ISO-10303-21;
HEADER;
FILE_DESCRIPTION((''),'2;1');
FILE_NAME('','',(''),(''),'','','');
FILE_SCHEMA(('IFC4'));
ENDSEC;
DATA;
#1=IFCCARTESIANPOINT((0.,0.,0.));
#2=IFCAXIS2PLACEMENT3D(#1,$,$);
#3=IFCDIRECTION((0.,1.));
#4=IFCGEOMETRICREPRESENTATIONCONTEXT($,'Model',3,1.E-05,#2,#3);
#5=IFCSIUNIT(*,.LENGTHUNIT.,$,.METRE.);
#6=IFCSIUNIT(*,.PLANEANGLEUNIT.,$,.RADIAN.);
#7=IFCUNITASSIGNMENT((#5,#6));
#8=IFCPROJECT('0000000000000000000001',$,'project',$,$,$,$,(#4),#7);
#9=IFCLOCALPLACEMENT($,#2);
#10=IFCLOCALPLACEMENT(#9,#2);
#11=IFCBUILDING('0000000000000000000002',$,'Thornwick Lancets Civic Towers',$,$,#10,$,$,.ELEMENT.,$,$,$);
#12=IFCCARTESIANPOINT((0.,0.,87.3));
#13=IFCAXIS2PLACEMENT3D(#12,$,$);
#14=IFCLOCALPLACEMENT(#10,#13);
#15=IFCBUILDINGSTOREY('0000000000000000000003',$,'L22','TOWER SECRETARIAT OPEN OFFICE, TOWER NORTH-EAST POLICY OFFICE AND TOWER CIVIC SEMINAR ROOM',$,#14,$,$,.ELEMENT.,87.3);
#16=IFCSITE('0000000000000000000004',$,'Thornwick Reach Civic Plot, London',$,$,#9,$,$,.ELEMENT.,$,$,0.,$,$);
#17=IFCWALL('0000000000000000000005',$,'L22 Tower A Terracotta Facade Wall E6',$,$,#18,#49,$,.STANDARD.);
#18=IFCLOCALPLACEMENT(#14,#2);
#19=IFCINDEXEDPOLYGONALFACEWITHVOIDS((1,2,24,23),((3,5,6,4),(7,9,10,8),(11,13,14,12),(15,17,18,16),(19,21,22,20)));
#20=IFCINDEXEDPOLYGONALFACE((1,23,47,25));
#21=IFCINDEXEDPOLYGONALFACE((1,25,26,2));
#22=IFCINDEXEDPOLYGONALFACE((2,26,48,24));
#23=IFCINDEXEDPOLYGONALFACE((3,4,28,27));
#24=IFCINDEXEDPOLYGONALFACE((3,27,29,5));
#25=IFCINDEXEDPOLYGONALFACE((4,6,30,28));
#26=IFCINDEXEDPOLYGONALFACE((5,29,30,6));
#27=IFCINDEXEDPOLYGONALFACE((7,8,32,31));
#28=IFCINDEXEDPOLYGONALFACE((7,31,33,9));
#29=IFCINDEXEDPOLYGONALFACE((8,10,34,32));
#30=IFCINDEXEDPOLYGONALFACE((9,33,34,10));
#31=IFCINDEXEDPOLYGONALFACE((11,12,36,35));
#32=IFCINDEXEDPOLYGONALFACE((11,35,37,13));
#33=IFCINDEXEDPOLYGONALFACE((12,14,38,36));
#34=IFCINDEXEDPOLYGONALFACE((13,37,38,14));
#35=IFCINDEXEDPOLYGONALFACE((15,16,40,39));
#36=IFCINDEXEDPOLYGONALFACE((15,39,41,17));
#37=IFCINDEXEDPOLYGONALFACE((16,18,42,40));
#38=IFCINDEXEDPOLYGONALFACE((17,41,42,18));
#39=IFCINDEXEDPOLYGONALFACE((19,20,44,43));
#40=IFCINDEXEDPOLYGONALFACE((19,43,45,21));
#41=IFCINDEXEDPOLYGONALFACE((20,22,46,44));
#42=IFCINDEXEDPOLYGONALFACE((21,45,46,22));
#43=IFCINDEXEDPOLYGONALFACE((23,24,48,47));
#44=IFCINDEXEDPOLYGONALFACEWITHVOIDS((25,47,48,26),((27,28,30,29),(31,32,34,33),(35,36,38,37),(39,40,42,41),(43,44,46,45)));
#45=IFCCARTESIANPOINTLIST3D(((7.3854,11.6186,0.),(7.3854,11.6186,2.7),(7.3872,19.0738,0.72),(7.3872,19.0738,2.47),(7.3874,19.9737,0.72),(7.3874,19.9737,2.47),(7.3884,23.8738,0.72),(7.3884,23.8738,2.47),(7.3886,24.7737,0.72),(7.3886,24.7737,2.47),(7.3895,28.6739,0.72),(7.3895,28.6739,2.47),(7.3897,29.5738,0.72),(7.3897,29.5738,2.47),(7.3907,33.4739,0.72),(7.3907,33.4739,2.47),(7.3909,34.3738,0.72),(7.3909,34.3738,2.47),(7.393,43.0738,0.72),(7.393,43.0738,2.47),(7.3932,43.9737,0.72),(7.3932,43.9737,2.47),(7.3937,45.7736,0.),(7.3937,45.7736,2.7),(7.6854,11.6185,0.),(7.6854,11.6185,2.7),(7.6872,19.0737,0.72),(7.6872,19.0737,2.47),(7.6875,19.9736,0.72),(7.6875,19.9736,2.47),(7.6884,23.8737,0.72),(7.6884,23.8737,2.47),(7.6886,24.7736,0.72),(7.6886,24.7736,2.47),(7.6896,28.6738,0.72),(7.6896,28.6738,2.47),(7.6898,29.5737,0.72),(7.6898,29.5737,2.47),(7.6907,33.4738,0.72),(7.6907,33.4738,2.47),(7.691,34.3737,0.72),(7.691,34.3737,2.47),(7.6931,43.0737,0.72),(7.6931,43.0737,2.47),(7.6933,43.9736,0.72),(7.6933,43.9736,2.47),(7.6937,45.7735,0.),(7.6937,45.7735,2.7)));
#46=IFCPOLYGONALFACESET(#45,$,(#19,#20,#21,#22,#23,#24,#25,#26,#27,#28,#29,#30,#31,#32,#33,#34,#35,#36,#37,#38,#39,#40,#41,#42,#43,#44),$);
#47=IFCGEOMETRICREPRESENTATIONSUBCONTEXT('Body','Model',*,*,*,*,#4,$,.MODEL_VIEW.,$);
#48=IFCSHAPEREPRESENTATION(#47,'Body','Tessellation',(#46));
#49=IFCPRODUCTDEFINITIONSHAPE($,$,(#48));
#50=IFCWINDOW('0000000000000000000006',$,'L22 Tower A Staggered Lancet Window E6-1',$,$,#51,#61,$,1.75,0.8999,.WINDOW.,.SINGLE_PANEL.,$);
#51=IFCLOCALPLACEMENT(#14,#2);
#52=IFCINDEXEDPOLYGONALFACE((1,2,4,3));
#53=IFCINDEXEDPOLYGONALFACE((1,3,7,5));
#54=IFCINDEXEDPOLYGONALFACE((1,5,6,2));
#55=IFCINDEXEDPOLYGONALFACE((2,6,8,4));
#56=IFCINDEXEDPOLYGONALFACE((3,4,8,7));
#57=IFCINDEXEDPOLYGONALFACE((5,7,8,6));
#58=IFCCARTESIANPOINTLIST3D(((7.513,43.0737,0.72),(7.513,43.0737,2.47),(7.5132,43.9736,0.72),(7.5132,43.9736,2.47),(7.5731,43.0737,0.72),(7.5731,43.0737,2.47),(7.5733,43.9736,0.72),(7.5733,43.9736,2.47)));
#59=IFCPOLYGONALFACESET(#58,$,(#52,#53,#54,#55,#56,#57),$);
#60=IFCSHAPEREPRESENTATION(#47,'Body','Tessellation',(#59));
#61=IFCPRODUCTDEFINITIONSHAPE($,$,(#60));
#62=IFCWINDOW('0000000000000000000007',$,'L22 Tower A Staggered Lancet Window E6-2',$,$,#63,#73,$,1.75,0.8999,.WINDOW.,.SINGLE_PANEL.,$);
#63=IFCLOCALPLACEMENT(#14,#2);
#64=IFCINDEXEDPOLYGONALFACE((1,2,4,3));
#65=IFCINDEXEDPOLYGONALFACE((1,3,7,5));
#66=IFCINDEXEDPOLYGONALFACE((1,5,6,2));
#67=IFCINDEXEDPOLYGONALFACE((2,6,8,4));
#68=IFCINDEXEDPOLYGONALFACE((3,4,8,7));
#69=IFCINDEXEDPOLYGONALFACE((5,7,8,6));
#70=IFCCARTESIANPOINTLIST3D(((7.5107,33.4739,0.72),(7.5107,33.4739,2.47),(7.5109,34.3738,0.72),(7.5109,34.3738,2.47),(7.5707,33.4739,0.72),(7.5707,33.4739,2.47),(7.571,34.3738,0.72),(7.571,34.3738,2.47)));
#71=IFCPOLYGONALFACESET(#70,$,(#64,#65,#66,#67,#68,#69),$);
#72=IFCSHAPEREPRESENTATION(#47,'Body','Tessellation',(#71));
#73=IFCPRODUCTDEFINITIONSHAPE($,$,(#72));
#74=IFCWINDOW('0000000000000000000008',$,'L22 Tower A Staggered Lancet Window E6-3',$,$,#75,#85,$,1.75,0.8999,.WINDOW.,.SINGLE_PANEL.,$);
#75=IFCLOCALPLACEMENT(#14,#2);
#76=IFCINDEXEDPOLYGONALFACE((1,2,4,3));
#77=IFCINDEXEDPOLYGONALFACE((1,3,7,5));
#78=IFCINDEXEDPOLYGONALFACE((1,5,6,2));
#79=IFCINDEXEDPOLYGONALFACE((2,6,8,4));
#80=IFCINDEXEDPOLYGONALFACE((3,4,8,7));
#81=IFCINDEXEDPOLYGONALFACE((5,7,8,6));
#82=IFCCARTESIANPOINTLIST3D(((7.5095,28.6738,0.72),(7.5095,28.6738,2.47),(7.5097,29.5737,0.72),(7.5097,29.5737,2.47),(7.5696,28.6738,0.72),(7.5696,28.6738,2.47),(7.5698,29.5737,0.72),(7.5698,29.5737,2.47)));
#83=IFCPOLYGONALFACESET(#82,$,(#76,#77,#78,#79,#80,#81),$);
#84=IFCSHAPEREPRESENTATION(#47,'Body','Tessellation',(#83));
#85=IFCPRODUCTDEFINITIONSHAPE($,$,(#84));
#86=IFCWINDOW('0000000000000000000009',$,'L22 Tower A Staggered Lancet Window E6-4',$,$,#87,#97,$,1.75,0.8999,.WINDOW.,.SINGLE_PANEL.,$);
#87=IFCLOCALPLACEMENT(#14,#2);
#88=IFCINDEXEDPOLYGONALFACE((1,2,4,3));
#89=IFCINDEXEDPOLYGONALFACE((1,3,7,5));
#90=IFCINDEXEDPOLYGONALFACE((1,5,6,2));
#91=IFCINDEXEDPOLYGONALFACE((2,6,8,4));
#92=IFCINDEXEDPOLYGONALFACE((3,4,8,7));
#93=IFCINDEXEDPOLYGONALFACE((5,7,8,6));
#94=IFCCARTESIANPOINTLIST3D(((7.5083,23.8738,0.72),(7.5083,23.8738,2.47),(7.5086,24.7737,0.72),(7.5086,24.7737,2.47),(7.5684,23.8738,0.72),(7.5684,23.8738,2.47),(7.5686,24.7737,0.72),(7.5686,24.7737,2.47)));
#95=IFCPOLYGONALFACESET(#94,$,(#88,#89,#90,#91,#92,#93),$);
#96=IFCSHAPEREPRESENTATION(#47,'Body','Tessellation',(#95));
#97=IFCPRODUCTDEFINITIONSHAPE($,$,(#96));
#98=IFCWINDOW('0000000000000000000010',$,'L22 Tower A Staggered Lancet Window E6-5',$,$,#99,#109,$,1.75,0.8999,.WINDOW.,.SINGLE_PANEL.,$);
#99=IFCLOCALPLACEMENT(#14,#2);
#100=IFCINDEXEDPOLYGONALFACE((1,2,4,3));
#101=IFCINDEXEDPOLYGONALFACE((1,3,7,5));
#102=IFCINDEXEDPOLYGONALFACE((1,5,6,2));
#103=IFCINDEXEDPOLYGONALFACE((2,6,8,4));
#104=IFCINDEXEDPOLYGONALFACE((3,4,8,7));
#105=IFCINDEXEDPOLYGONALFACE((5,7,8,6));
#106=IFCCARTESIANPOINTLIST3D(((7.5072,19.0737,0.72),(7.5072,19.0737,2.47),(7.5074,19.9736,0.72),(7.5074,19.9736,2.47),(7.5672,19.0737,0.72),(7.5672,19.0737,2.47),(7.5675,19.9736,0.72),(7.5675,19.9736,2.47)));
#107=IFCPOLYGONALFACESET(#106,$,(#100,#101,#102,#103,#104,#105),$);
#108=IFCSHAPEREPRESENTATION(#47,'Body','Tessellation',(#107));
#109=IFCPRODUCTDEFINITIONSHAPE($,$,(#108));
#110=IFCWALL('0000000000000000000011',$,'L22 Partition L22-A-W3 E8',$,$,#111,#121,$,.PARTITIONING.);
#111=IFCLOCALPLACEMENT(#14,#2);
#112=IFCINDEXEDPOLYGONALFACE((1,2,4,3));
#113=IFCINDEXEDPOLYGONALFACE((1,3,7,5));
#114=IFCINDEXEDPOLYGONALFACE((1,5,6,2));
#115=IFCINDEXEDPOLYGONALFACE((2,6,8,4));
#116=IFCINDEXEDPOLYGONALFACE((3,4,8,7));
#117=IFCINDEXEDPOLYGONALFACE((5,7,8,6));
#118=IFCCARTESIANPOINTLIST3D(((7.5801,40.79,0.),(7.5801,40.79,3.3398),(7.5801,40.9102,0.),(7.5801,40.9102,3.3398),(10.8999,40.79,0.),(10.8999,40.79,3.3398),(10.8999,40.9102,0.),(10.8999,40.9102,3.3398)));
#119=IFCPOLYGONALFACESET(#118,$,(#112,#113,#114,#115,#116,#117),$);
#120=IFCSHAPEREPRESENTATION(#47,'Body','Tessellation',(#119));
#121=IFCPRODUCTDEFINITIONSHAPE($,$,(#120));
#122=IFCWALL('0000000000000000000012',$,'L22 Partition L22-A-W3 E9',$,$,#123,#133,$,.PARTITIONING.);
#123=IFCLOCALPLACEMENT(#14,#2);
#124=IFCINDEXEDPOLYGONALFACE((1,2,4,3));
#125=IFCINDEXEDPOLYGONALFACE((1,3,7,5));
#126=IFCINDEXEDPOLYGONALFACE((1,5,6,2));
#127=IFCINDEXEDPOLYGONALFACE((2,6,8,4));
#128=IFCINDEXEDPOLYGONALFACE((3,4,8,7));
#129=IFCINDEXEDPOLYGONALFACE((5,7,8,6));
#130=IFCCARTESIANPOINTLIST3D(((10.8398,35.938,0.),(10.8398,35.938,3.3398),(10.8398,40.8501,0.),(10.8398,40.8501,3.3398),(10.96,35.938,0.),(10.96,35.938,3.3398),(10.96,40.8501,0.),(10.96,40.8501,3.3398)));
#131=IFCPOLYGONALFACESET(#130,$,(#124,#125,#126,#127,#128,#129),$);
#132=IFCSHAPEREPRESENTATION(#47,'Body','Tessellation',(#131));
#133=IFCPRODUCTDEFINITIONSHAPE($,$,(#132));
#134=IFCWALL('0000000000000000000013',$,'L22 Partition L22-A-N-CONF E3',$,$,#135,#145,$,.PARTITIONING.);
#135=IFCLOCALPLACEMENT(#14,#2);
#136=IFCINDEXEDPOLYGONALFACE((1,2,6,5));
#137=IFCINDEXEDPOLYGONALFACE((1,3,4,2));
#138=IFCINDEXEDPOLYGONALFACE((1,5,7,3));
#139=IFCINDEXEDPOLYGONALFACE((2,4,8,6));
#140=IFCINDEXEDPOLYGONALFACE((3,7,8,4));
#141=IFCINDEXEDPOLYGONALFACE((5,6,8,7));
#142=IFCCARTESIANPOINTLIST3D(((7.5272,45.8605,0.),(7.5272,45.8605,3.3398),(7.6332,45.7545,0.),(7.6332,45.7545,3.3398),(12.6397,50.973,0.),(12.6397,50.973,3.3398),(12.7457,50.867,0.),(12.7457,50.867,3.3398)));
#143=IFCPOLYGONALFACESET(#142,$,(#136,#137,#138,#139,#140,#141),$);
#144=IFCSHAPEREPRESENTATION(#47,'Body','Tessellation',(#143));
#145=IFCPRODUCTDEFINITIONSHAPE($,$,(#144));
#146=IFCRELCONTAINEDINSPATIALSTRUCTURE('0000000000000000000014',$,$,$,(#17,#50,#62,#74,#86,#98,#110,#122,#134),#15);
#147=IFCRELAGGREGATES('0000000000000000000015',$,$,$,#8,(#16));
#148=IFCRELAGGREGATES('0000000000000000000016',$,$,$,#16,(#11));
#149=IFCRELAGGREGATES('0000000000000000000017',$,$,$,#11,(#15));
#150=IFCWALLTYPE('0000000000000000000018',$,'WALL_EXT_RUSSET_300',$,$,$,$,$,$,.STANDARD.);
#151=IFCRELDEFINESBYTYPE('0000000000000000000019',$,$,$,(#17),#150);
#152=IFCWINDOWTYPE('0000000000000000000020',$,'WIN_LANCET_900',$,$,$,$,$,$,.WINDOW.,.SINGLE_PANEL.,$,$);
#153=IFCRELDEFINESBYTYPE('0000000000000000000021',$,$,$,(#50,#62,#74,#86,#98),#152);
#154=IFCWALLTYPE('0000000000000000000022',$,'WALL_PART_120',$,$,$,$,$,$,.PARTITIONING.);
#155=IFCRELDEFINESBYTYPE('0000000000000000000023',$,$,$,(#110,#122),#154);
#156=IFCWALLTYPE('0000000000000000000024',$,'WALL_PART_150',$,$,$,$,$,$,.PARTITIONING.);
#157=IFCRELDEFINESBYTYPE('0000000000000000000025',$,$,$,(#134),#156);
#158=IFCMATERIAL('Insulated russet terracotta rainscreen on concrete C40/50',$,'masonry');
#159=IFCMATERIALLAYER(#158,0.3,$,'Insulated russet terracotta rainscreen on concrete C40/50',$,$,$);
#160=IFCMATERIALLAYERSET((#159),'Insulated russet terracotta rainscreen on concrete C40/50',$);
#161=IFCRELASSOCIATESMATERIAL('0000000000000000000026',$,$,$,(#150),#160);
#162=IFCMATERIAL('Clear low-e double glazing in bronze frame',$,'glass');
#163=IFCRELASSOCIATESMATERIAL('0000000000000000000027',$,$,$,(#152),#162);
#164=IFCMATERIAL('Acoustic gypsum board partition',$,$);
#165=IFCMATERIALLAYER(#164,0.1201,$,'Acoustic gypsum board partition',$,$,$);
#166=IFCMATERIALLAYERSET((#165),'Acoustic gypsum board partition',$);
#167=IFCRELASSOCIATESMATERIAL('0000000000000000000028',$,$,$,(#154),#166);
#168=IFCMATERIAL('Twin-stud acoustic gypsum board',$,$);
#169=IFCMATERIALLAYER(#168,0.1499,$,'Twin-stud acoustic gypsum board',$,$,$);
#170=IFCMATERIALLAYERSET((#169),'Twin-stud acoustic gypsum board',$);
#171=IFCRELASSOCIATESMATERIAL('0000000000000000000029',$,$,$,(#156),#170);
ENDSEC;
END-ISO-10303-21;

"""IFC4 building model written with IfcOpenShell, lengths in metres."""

from ifc_helpers import new_model, si_unit, direction, frame, frame_2d, origin, place, context, subcontext, project, spatial, rectangle, extrude, material, layer, layer_set, type_object, element, fill, save


model = new_model("IFC4")

# Units and contexts
model_context = context("Model", 3, precision=1e-05, world=origin(), true_north=direction((0.0, 1.0)))
body_context = subcontext(model_context, "Body", "Model", "MODEL_VIEW")
ifc_project = project(units=[si_unit("LENGTHUNIT", "METRE"), si_unit("PLANEANGLEUNIT", "RADIAN")], contexts=[model_context])

# Site, building, storey
site_placement = place(None, origin())
site = spatial("IfcSite", under=ifc_project, at=site_placement, Name="Thornwick Reach Civic Plot, London", CompositionType="ELEMENT", RefElevation=0.0)
building_placement = place(site_placement, origin())
building = spatial("IfcBuilding", under=site, at=building_placement, Name="Thornwick Lancets Civic Towers", CompositionType="ELEMENT")
storey_placement = place(building_placement, frame((0.0, 0.0, 87.3)))
storey = spatial("IfcBuildingStorey", under=building, at=storey_placement, Name="L22", Description="TOWER SECRETARIAT OPEN OFFICE, TOWER NORTH-EAST POLICY OFFICE AND TOWER CIVIC SEMINAR ROOM", CompositionType="ELEMENT", Elevation=87.3)

# Wall, openings, windows
ifc_material_1 = material(Name="Insulated russet terracotta rainscreen on concrete C40/50", Category="masonry")
ifc_layer_1 = layer(ifc_material_1, 0.3, Name="Insulated russet terracotta rainscreen on concrete C40/50")
ifc_layer_set_1 = layer_set([ifc_layer_1], Name="Insulated russet terracotta rainscreen on concrete C40/50")
wall_type_1 = type_object("IfcWallType", Name="WALL_EXT_RUSSET_300", PredefinedType="STANDARD", material=ifc_layer_set_1)
wall_1_placement = place(storey_placement, frame((7.5437, 45.7737, 0.0), z_axis=(0.0, 0.0, 1.0), x_axis=(-0.000243, -1.0, 0.0)))
wall_1 = element("IfcWall", 1, at=wall_1_placement, inside=storey, type_object=wall_type_1, Name="L22 Tower A Terracotta Facade Wall E6", PredefinedType="STANDARD", context=body_context, shape_type="SweptSolid", body=[
    extrude(rectangle(XDim=34.155, YDim=0.3, at=frame_2d((17.0776, 0.0))), origin(), (0.0, 0.0, 1.0), 2.7),
])
opening_1_placement = place(wall_1_placement, frame((1.8, 0.0, 0.72)))
opening_1 = element("IfcOpeningElement", 2, at=opening_1_placement, cuts=wall_1, PredefinedType="OPENING", context=body_context, shape_type="SweptSolid", body=[
    extrude(rectangle(XDim=0.8999, YDim=1.75, at=frame_2d((0.45, 0.875))), frame((0.0, 0.1602, 0.0), z_axis=(0.0, -1.0, 0.0), x_axis=(1.0, 0.0, 0.0)), (0.0, 0.0, 1.0), 0.3201),
])
opening_2_placement = place(wall_1_placement, frame((11.3999, 0.0, 0.72)))
opening_2 = element("IfcOpeningElement", 3, at=opening_2_placement, cuts=wall_1, PredefinedType="OPENING", context=body_context, shape_type="SweptSolid", body=[
    extrude(rectangle(XDim=0.8999, YDim=1.75, at=frame_2d((0.45, 0.875))), frame((0.0, 0.1602, 0.0), z_axis=(0.0, -1.0, 0.0), x_axis=(1.0, 0.0, 0.0)), (0.0, 0.0, 1.0), 0.3201),
])
opening_3_placement = place(wall_1_placement, frame((16.2, 0.0, 0.72)))
opening_3 = element("IfcOpeningElement", 4, at=opening_3_placement, cuts=wall_1, PredefinedType="OPENING", context=body_context, shape_type="SweptSolid", body=[
    extrude(rectangle(XDim=0.8999, YDim=1.75, at=frame_2d((0.45, 0.875))), frame((0.0, 0.1602, 0.0), z_axis=(0.0, -1.0, 0.0), x_axis=(1.0, 0.0, 0.0)), (0.0, 0.0, 1.0), 0.3201),
])
opening_4_placement = place(wall_1_placement, frame((21.0, 0.0, 0.72)))
opening_4 = element("IfcOpeningElement", 5, at=opening_4_placement, cuts=wall_1, PredefinedType="OPENING", context=body_context, shape_type="SweptSolid", body=[
    extrude(rectangle(XDim=0.8999, YDim=1.75, at=frame_2d((0.45, 0.875))), frame((0.0, 0.1602, 0.0), z_axis=(0.0, -1.0, 0.0), x_axis=(1.0, 0.0, 0.0)), (0.0, 0.0, 1.0), 0.3201),
])
opening_5_placement = place(wall_1_placement, frame((25.8, 0.0, 0.72)))
opening_5 = element("IfcOpeningElement", 6, at=opening_5_placement, cuts=wall_1, PredefinedType="OPENING", context=body_context, shape_type="SweptSolid", body=[
    extrude(rectangle(XDim=0.8999, YDim=1.75, at=frame_2d((0.45, 0.875))), frame((0.0, 0.1602, 0.0), z_axis=(0.0, -1.0, 0.0), x_axis=(1.0, 0.0, 0.0)), (0.0, 0.0, 1.0), 0.3201),
])
ifc_material_2 = material(Name="Clear low-e double glazing in bronze frame", Category="glass")
window_type = type_object("IfcWindowType", Name="WIN_LANCET_900", PartitioningType="SINGLE_PANEL", PredefinedType="WINDOW", material=ifc_material_2)
window_1_placement = place(opening_1_placement, origin())
window_1 = element("IfcWindow", 7, at=window_1_placement, inside=storey, type_object=window_type, Name="L22 Tower A Staggered Lancet Window E6-1", OverallHeight=1.75, OverallWidth=0.8999, PartitioningType="SINGLE_PANEL", PredefinedType="WINDOW", context=body_context, shape_type="SweptSolid", body=[
    extrude(rectangle(XDim=0.8999, YDim=1.75, at=frame_2d((0.45, 0.875))), frame((0.0, 0.03, 0.0), z_axis=(0.0, -1.0, 0.0), x_axis=(1.0, 0.0, 0.0)), (0.0, 0.0, 1.0), 0.0601),
])
fill(opening_1, window_1)
window_2_placement = place(opening_2_placement, origin())
window_2 = element("IfcWindow", 8, at=window_2_placement, inside=storey, type_object=window_type, Name="L22 Tower A Staggered Lancet Window E6-2", OverallHeight=1.75, OverallWidth=0.8999, PartitioningType="SINGLE_PANEL", PredefinedType="WINDOW", context=body_context, shape_type="SweptSolid", body=[
    extrude(rectangle(XDim=0.8999, YDim=1.75, at=frame_2d((0.45, 0.875))), frame((0.0, 0.03, 0.0), z_axis=(0.0, -1.0, 0.0), x_axis=(1.0, 0.0, 0.0)), (0.0, 0.0, 1.0), 0.0601),
])
fill(opening_2, window_2)
window_3_placement = place(opening_3_placement, origin())
window_3 = element("IfcWindow", 9, at=window_3_placement, inside=storey, type_object=window_type, Name="L22 Tower A Staggered Lancet Window E6-3", OverallHeight=1.75, OverallWidth=0.8999, PartitioningType="SINGLE_PANEL", PredefinedType="WINDOW", context=body_context, shape_type="SweptSolid", body=[
    extrude(rectangle(XDim=0.8999, YDim=1.75, at=frame_2d((0.45, 0.875))), frame((0.0, 0.03, 0.0), z_axis=(0.0, -1.0, 0.0), x_axis=(1.0, 0.0, 0.0)), (0.0, 0.0, 1.0), 0.0601),
])
fill(opening_3, window_3)
window_4_placement = place(opening_4_placement, origin())
window_4 = element("IfcWindow", 10, at=window_4_placement, inside=storey, type_object=window_type, Name="L22 Tower A Staggered Lancet Window E6-4", OverallHeight=1.75, OverallWidth=0.8999, PartitioningType="SINGLE_PANEL", PredefinedType="WINDOW", context=body_context, shape_type="SweptSolid", body=[
    extrude(rectangle(XDim=0.8999, YDim=1.75, at=frame_2d((0.45, 0.875))), frame((0.0, 0.03, 0.0), z_axis=(0.0, -1.0, 0.0), x_axis=(1.0, 0.0, 0.0)), (0.0, 0.0, 1.0), 0.0601),
])
fill(opening_4, window_4)
window_5_placement = place(opening_5_placement, origin())
window_5 = element("IfcWindow", 11, at=window_5_placement, inside=storey, type_object=window_type, Name="L22 Tower A Staggered Lancet Window E6-5", OverallHeight=1.75, OverallWidth=0.8999, PartitioningType="SINGLE_PANEL", PredefinedType="WINDOW", context=body_context, shape_type="SweptSolid", body=[
    extrude(rectangle(XDim=0.8999, YDim=1.75, at=frame_2d((0.45, 0.875))), frame((0.0, 0.03, 0.0), z_axis=(0.0, -1.0, 0.0), x_axis=(1.0, 0.0, 0.0)), (0.0, 0.0, 1.0), 0.0601),
])
fill(opening_5, window_5)

# Walls
ifc_material_3 = material(Name="Acoustic gypsum board partition")
ifc_layer_2 = layer(ifc_material_3, 0.1201, Name="Acoustic gypsum board partition")
ifc_layer_set_2 = layer_set([ifc_layer_2], Name="Acoustic gypsum board partition")
wall_type_2 = type_object("IfcWallType", Name="WALL_PART_120", PredefinedType="PARTITIONING", material=ifc_layer_set_2)
wall_2_placement = place(storey_placement, frame((7.5801, 40.8501, 0.0), z_axis=(0.0, 0.0, 1.0), x_axis=(1.0, 0.0, 0.0)))
element("IfcWall", 12, at=wall_2_placement, inside=storey, type_object=wall_type_2, Name="L22 Partition L22-A-W3 E8", PredefinedType="PARTITIONING", context=body_context, shape_type="SweptSolid", body=[
    extrude(rectangle(XDim=3.3198, YDim=0.1201, at=frame_2d((1.6599, 0.0))), origin(), (0.0, 0.0, 1.0), 3.3398),
])
wall_3_placement = place(storey_placement, frame((10.8999, 40.8501, 0.0), z_axis=(0.0, 0.0, 1.0), x_axis=(0.0, -1.0, 0.0)))
element("IfcWall", 13, at=wall_3_placement, inside=storey, type_object=wall_type_2, Name="L22 Partition L22-A-W3 E9", PredefinedType="PARTITIONING", context=body_context, shape_type="SweptSolid", body=[
    extrude(rectangle(XDim=4.9121, YDim=0.1201, at=frame_2d((2.4561, 0.0))), origin(), (0.0, 0.0, 1.0), 3.3398),
])
ifc_material_4 = material(Name="Twin-stud acoustic gypsum board")
ifc_layer_3 = layer(ifc_material_4, 0.1499, Name="Twin-stud acoustic gypsum board")
ifc_layer_set_3 = layer_set([ifc_layer_3], Name="Twin-stud acoustic gypsum board")
wall_type_3 = type_object("IfcWallType", Name="WALL_PART_150", PredefinedType="PARTITIONING", material=ifc_layer_set_3)
wall_4_placement = place(storey_placement, frame((7.5801, 45.8074, 0.0), z_axis=(0.0, 0.0, 1.0), x_axis=(0.707107, 0.707107, 0.0)))
element("IfcWall", 14, at=wall_4_placement, inside=storey, type_object=wall_type_3, Name="L22 Partition L22-A-N-CONF E3", PredefinedType="PARTITIONING", context=body_context, shape_type="SweptSolid", body=[
    extrude(rectangle(XDim=7.2302, YDim=0.1499, at=frame_2d((3.6152, 0.0))), origin(), (0.0, 0.0, 1.0), 3.3398),
])

save(model, "model.ifc")
